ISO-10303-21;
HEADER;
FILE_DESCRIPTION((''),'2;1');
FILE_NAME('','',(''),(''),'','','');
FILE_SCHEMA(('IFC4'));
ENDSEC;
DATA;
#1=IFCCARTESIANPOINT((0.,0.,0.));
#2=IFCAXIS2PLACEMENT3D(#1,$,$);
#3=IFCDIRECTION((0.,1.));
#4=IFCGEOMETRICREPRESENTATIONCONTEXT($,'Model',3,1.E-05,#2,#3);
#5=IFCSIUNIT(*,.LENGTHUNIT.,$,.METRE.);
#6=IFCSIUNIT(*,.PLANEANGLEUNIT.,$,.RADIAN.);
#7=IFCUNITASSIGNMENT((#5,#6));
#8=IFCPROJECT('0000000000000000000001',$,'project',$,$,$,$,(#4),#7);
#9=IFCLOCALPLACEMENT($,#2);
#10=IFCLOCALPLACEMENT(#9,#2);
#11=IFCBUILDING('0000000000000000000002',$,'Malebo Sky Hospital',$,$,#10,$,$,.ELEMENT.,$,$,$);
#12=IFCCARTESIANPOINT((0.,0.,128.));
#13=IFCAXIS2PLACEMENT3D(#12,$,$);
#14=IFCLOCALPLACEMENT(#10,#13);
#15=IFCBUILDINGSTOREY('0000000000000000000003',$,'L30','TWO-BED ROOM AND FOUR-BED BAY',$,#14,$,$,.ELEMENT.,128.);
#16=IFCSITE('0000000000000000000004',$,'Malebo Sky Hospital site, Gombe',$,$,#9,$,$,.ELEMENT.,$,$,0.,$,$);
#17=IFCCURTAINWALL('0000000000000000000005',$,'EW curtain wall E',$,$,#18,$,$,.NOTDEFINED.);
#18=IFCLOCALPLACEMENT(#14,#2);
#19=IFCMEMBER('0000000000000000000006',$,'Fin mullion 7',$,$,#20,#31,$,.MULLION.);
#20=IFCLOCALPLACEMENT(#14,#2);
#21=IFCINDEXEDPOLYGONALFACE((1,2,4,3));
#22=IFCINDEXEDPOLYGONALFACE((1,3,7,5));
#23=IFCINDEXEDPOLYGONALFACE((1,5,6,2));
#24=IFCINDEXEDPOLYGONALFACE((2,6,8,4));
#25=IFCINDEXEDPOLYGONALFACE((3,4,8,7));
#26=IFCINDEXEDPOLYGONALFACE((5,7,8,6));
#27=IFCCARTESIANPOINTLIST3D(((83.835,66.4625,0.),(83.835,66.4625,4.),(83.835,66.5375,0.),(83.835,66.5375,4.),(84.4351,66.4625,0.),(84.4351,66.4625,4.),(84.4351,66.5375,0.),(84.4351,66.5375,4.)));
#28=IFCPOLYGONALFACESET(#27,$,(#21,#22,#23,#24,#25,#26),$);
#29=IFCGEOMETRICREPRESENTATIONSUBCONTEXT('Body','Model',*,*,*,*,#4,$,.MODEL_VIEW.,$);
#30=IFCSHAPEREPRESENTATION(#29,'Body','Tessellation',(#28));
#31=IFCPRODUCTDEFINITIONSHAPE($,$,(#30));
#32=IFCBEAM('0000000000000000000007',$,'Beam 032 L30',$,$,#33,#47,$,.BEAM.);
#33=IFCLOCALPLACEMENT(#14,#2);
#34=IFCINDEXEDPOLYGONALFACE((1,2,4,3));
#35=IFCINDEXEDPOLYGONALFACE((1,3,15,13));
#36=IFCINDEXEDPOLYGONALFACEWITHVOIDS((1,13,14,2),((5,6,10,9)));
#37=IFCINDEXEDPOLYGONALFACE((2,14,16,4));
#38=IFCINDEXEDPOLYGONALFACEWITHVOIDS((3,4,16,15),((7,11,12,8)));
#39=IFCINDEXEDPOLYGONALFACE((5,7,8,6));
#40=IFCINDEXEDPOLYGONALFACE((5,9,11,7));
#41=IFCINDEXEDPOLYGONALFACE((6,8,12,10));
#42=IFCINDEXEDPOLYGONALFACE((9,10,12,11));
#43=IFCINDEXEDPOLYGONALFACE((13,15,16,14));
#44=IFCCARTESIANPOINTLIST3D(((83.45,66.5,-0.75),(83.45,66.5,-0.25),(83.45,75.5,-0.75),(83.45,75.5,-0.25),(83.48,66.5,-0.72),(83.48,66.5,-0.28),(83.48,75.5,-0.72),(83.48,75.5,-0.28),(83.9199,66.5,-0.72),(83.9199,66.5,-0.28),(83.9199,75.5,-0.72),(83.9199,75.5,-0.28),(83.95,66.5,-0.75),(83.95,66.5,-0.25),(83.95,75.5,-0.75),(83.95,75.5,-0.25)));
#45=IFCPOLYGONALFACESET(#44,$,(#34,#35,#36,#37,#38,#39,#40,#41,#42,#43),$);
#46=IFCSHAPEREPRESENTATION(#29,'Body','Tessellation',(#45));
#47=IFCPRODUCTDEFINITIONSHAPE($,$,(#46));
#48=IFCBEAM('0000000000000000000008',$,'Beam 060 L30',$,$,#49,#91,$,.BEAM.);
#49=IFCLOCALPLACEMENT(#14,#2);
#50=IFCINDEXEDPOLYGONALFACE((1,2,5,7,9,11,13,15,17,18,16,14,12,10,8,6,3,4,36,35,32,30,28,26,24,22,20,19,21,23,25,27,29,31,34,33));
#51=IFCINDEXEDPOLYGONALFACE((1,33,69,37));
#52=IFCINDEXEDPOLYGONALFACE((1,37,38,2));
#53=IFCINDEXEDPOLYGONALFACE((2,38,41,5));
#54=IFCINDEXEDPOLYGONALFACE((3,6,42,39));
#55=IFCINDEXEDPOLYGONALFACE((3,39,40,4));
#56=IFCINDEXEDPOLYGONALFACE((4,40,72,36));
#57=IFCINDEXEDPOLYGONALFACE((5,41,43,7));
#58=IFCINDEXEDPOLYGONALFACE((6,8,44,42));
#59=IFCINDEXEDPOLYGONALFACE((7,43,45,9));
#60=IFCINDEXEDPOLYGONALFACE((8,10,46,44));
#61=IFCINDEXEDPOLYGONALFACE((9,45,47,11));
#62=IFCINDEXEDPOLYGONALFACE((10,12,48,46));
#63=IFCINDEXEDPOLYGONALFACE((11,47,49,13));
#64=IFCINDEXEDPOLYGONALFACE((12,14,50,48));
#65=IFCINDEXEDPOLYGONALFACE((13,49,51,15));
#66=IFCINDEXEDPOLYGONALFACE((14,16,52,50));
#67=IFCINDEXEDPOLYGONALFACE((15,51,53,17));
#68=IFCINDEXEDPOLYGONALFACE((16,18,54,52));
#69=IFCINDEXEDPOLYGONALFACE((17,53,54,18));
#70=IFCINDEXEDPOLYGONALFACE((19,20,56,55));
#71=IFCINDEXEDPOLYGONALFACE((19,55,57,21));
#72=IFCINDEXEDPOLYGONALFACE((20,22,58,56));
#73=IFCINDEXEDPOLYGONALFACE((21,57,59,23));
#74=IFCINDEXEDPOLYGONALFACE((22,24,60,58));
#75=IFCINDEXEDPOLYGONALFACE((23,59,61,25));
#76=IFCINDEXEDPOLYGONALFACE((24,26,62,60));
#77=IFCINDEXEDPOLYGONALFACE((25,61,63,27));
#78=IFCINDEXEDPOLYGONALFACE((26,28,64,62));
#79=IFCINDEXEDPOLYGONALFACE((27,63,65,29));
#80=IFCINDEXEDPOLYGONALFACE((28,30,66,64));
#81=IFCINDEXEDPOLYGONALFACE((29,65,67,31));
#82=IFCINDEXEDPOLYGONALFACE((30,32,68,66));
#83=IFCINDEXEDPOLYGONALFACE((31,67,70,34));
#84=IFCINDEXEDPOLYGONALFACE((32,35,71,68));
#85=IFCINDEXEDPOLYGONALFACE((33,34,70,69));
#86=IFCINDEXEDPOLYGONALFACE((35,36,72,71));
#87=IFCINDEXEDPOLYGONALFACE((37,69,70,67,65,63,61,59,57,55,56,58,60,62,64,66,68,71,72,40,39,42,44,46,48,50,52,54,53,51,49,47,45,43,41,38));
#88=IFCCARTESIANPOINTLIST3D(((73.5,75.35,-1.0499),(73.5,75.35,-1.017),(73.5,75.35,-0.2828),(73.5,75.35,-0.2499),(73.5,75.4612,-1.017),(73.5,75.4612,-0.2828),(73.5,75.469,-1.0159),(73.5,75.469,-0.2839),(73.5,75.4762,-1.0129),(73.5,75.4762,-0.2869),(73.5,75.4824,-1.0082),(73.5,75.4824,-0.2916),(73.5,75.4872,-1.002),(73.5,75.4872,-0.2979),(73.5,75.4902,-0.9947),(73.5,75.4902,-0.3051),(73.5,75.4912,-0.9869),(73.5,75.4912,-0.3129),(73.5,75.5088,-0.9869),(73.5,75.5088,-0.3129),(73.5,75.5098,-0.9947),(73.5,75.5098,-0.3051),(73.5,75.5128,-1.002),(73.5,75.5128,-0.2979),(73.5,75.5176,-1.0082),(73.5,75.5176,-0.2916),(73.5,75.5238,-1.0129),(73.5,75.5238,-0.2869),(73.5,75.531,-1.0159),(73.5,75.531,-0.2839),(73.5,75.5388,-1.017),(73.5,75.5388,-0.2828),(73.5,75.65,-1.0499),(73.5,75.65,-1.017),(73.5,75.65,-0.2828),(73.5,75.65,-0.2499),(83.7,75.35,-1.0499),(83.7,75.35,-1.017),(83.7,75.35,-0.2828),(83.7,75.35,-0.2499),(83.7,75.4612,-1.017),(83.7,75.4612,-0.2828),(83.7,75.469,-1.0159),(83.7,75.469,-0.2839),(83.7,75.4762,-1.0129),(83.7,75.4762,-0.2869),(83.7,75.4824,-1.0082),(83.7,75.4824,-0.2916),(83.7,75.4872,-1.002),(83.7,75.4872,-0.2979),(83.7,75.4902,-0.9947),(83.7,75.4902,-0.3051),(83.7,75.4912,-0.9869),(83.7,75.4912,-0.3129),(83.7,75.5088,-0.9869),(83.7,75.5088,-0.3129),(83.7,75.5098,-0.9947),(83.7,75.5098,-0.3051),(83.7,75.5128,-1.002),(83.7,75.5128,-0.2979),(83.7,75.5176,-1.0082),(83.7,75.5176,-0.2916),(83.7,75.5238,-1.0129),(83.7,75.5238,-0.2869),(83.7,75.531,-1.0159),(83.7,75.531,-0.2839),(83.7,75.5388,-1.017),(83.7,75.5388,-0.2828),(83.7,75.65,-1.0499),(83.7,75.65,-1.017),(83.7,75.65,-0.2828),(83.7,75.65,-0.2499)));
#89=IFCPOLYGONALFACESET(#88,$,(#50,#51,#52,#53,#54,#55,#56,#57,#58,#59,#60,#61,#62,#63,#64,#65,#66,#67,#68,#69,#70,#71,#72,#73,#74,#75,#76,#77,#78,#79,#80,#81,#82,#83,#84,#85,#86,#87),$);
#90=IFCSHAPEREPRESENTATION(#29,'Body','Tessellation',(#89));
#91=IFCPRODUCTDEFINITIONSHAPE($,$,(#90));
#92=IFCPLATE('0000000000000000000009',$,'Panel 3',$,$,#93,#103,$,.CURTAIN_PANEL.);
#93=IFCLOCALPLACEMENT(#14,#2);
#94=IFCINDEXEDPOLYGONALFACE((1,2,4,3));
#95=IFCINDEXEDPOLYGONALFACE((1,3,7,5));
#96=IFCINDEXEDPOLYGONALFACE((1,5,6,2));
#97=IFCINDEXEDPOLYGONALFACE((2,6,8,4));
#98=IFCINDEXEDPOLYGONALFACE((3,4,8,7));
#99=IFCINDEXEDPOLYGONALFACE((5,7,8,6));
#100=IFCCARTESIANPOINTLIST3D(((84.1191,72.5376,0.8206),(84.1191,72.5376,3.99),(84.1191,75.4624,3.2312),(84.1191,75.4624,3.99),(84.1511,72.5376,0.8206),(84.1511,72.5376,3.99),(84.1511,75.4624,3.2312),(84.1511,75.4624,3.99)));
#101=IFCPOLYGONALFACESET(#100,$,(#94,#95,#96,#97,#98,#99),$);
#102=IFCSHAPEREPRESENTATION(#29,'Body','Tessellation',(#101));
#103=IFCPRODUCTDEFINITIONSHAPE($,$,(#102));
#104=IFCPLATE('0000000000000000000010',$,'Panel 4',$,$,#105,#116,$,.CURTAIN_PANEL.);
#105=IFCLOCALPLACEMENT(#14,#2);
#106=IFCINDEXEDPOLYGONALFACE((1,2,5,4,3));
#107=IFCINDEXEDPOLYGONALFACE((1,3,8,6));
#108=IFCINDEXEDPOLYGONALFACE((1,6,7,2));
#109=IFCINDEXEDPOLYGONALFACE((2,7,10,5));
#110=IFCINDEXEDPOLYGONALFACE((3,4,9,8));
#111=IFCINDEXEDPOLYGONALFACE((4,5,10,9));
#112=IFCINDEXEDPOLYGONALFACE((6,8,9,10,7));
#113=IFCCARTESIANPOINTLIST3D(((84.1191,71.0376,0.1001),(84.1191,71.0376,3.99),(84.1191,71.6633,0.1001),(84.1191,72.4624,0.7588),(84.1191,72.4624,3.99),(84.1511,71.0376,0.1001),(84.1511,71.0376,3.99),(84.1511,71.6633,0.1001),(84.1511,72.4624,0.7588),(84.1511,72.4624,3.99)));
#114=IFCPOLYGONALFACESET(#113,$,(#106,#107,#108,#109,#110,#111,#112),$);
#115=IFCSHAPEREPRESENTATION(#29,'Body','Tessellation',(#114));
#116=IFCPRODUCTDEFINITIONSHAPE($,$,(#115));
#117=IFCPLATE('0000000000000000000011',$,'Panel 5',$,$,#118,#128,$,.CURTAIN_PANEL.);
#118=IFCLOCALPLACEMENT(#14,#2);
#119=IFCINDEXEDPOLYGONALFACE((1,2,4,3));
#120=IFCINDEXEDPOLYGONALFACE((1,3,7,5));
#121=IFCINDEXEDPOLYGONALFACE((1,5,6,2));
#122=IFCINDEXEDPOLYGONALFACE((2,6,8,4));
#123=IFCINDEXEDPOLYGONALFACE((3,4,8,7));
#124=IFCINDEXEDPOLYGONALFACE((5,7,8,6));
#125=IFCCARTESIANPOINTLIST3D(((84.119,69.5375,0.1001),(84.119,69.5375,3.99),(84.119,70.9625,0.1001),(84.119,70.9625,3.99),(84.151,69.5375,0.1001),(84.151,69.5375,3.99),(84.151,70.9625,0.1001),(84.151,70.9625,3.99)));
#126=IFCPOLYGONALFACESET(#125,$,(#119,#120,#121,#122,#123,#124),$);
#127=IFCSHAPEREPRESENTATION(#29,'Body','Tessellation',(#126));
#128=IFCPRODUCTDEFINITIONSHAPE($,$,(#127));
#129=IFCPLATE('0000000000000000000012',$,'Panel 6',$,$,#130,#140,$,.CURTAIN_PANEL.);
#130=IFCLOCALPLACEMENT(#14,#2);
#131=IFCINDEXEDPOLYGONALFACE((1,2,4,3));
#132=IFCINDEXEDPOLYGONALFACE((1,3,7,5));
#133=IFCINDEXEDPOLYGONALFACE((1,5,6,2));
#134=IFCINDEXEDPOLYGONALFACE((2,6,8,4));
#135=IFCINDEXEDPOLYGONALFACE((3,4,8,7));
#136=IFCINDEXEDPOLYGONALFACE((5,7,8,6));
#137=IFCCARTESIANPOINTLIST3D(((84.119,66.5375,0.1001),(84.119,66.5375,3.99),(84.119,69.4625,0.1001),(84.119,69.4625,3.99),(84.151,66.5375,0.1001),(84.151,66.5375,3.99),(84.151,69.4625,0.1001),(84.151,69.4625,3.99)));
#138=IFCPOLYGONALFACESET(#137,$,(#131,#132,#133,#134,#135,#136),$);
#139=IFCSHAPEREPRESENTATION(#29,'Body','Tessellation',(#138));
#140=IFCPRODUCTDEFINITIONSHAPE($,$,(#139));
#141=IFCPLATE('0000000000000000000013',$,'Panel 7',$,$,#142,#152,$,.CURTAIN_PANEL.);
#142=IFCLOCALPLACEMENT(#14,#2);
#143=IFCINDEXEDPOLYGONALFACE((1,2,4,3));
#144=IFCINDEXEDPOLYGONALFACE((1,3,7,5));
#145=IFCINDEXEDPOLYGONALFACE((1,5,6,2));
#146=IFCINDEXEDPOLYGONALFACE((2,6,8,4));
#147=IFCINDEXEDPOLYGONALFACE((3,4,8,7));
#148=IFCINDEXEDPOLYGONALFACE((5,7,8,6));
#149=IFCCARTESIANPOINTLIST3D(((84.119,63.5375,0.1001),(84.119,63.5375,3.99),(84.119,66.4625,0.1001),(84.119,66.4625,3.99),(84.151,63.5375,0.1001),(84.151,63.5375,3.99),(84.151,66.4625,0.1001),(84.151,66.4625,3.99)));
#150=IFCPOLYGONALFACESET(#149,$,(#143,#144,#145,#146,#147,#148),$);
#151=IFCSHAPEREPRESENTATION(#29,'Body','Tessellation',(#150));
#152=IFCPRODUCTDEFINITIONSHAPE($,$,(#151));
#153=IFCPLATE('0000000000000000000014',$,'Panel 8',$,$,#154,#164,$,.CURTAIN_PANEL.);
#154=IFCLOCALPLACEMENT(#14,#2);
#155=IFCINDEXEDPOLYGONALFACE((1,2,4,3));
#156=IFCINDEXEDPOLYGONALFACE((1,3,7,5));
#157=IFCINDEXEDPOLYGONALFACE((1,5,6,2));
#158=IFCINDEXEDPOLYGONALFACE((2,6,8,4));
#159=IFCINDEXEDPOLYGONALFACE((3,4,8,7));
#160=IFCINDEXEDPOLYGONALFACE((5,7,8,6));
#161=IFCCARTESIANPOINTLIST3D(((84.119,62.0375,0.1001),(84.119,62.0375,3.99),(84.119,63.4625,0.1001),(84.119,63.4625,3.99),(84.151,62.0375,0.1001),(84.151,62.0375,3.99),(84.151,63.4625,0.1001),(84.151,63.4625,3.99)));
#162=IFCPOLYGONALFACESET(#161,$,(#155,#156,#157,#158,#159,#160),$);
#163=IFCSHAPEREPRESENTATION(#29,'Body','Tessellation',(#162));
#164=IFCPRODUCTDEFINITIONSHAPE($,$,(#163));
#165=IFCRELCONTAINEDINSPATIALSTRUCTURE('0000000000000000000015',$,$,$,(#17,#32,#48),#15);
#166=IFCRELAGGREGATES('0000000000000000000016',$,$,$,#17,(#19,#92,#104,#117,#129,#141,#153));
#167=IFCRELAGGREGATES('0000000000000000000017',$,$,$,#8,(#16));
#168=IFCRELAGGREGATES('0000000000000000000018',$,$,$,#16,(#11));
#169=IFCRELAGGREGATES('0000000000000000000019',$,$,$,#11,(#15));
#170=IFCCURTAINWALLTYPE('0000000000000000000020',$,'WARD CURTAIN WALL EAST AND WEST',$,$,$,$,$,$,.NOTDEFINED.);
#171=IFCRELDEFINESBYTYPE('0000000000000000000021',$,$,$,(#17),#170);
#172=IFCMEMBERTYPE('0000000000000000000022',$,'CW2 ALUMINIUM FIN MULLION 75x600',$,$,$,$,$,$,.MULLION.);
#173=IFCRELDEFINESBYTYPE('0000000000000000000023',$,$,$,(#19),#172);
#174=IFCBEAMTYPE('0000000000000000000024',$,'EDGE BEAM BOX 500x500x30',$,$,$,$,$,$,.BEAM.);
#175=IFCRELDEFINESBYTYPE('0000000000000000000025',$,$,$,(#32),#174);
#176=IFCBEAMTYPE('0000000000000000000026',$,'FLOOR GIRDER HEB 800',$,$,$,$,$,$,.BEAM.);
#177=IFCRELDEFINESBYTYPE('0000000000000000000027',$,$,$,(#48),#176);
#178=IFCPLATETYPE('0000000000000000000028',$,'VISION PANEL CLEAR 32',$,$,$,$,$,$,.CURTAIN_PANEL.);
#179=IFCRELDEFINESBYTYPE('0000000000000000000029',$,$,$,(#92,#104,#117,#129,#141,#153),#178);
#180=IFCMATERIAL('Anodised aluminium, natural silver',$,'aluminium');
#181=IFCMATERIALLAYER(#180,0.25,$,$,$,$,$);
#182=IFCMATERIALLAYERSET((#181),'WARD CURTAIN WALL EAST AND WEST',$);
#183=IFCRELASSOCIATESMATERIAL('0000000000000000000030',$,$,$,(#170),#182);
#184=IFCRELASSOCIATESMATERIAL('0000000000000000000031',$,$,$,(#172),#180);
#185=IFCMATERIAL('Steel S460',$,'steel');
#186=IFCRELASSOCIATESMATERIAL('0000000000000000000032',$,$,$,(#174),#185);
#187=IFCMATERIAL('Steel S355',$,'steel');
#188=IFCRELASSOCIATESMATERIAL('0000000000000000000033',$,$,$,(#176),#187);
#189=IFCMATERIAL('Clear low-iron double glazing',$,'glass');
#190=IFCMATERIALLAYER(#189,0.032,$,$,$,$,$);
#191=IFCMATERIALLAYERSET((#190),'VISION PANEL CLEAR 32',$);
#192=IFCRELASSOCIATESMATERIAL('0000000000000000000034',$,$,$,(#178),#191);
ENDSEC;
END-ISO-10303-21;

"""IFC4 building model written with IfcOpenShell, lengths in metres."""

from ifc_helpers import new_model, si_unit, direction, frame, origin, origin_2d, place, context, subcontext, project, spatial, polyline, rectangle, hollow_rectangle, i_section, outline, extrude, material, layer, layer_set, material_profile, profile_set, type_object, element, aggregate, save


model = new_model("IFC4")

# Units and contexts
model_context = context("Model", 3, precision=1e-05, world=origin(), true_north=direction((0.0, 1.0)))
body_context = subcontext(model_context, "Body", "Model", "MODEL_VIEW")
ifc_project = project(units=[si_unit("LENGTHUNIT", "METRE"), si_unit("PLANEANGLEUNIT", "RADIAN")], contexts=[model_context])

# Site, building, storey
site_placement = place(None, origin())
site = spatial("IfcSite", under=ifc_project, at=site_placement, Name="Malebo Sky Hospital site, Gombe", CompositionType="ELEMENT", RefElevation=0.0)
building_placement = place(site_placement, origin())
building = spatial("IfcBuilding", under=site, at=building_placement, Name="Malebo Sky Hospital", CompositionType="ELEMENT")
storey_placement = place(building_placement, frame((0.0, 0.0, 128.0)))
storey = spatial("IfcBuildingStorey", under=building, at=storey_placement, Name="L30", Description="TWO-BED ROOM AND FOUR-BED BAY", CompositionType="ELEMENT", Elevation=128.0)

# Shared definitions
ifc_material_1 = material(Name="Steel S460", Category="steel")

# Curtain wall
ifc_material_2 = material(Name="Anodised aluminium, natural silver", Category="aluminium")
ifc_layer_1 = layer(ifc_material_2, 0.25)
ifc_layer_set_1 = layer_set([ifc_layer_1], Name="WARD CURTAIN WALL EAST AND WEST")
curtain_wall_type = type_object("IfcCurtainWallType", Name="WARD CURTAIN WALL EAST AND WEST", PredefinedType="NOTDEFINED", material=ifc_layer_set_1)
curtain_wall_placement = place(storey_placement, origin())
curtain_wall = element("IfcCurtainWall", 1, at=curtain_wall_placement, inside=storey, type_object=curtain_wall_type, Name="EW curtain wall E", PredefinedType="NOTDEFINED")

# Member
ifc_material_3 = material(Name="Steel S355", Category="steel")
ifc_material_profile_1 = material_profile(ifc_material_2, rectangle(XDim=0.075, YDim=0.6001, at=origin_2d()), Name="CW2 ALUMINIUM FIN MULLION 75x600")
ifc_profile_set_1 = profile_set([ifc_material_profile_1], Name="Anodised aluminium, natural silver")
member_type_1 = type_object("IfcMemberType", Name="CW2 ALUMINIUM FIN MULLION 75x600", PredefinedType="MULLION", material=ifc_profile_set_1)
member_1_placement = place(storey_placement, frame((84.135, 66.5, 0.0), z_axis=(0.0, 0.0, 1.0), x_axis=(0.0, -1.0, 0.0)))
member_1 = element("IfcMember", 2, at=member_1_placement, type_object=member_type_1, Name="Fin mullion 7", PredefinedType="MULLION", context=body_context, shape_type="SweptSolid", body=[
    extrude(rectangle(XDim=0.075, YDim=0.6001, at=origin_2d()), origin(), (0.0, 0.0, 1.0), 4.0),
])

# Beams
ifc_material_profile_2 = material_profile(ifc_material_1, hollow_rectangle(XDim=0.5, YDim=0.5, WallThickness=0.03, at=origin_2d()), Name="BOX 500x500x30")
ifc_profile_set_2 = profile_set([ifc_material_profile_2], Name="Steel S460")
beam_type_1 = type_object("IfcBeamType", Name="EDGE BEAM BOX 500x500x30", PredefinedType="BEAM", material=ifc_profile_set_2)
beam_1_placement = place(storey_placement, frame((83.7, 66.5, -0.5), z_axis=(0.0, 1.0, 0.0), x_axis=(-1.0, 0.0, 0.0)))
element("IfcBeam", 3, at=beam_1_placement, inside=storey, type_object=beam_type_1, Name="Beam 032 L30", PredefinedType="BEAM", context=body_context, shape_type="SweptSolid", body=[
    extrude(hollow_rectangle(XDim=0.5, YDim=0.5, WallThickness=0.03, at=origin_2d()), origin(), (0.0, 0.0, 1.0), 9.0),
])
ifc_material_profile_3 = material_profile(ifc_material_3, i_section(OverallWidth=0.3, OverallDepth=0.8, WebThickness=0.0176, FlangeThickness=0.033, FilletRadius=0.03, at=origin_2d()), Name="HEB 800")
ifc_profile_set_3 = profile_set([ifc_material_profile_3], Name="Steel S355")
beam_type_2 = type_object("IfcBeamType", Name="FLOOR GIRDER HEB 800", PredefinedType="BEAM", material=ifc_profile_set_3)
beam_2_placement = place(storey_placement, frame((73.5, 75.5, -0.6499), z_axis=(1.0, 0.0, 0.0), x_axis=(0.0, 1.0, 0.0)))
element("IfcBeam", 4, at=beam_2_placement, inside=storey, type_object=beam_type_2, Name="Beam 060 L30", PredefinedType="BEAM", context=body_context, shape_type="SweptSolid", body=[
    extrude(i_section(OverallWidth=0.3, OverallDepth=0.8, WebThickness=0.0176, FlangeThickness=0.033, FilletRadius=0.03, at=origin_2d()), origin(), (0.0, 0.0, 1.0), 10.2),
])

# Plates
ifc_material_4 = material(Name="Clear low-iron double glazing", Category="glass")
ifc_layer_2 = layer(ifc_material_4, 0.032)
ifc_layer_set_2 = layer_set([ifc_layer_2], Name="VISION PANEL CLEAR 32")
plate_type = type_object("IfcPlateType", Name="VISION PANEL CLEAR 32", PredefinedType="CURTAIN_PANEL", material=ifc_layer_set_2)
plate_1_placement = place(storey_placement, frame((84.135, 74.0, 0.8206), z_axis=(0.0, 0.0, 1.0), x_axis=(0.0, -1.0, 0.0)))
plate_1 = element("IfcPlate", 5, at=plate_1_placement, type_object=plate_type, Name="Panel 3", PredefinedType="CURTAIN_PANEL", context=body_context, shape_type="SweptSolid", body=[
    extrude(outline(polyline([(1.4624, 0.0), (1.4624, 3.1694), (-1.4624, 3.1694), (-1.4624, 2.4106), (1.4624, 0.0)])), frame((0.0, 0.0161, 0.0), z_axis=(0.0, -1.0, 0.0), x_axis=(1.0, 0.0, 0.0)), (0.0, 0.0, 1.0), 0.032),
])
plate_2_placement = place(storey_placement, frame((84.135, 71.75, 0.1001), z_axis=(0.0, 0.0, 1.0), x_axis=(0.0, -1.0, 0.0)))
plate_2 = element("IfcPlate", 6, at=plate_2_placement, type_object=plate_type, Name="Panel 4", PredefinedType="CURTAIN_PANEL", context=body_context, shape_type="SweptSolid", body=[
    extrude(outline(polyline([(0.0867, 0.0), (0.7124, 0.0), (0.7124, 3.8899), (-0.7124, 3.8899), (-0.7124, 0.6587), (0.0867, 0.0)])), frame((0.0, 0.0161, 0.0), z_axis=(0.0, -1.0, 0.0), x_axis=(1.0, 0.0, 0.0)), (0.0, 0.0, 1.0), 0.032),
])
plate_3_placement = place(storey_placement, frame((84.135, 70.25, 0.1001), z_axis=(0.0, 0.0, 1.0), x_axis=(0.0, -1.0, 0.0)))
plate_3 = element("IfcPlate", 7, at=plate_3_placement, type_object=plate_type, Name="Panel 5", PredefinedType="CURTAIN_PANEL", context=body_context, shape_type="SweptSolid", body=[
    extrude(rectangle(XDim=1.425, YDim=0.032, at=origin_2d()), origin(), (0.0, 0.0, 1.0), 3.8899),
])
plate_4_placement = place(storey_placement, frame((84.135, 68.0, 0.1001), z_axis=(0.0, 0.0, 1.0), x_axis=(0.0, -1.0, 0.0)))
plate_4 = element("IfcPlate", 8, at=plate_4_placement, type_object=plate_type, Name="Panel 6", PredefinedType="CURTAIN_PANEL", context=body_context, shape_type="SweptSolid", body=[
    extrude(rectangle(XDim=2.925, YDim=0.032, at=origin_2d()), origin(), (0.0, 0.0, 1.0), 3.8899),
])
plate_5_placement = place(storey_placement, frame((84.135, 65.0, 0.1001), z_axis=(0.0, 0.0, 1.0), x_axis=(0.0, -1.0, 0.0)))
plate_5 = element("IfcPlate", 9, at=plate_5_placement, type_object=plate_type, Name="Panel 7", PredefinedType="CURTAIN_PANEL", context=body_context, shape_type="SweptSolid", body=[
    extrude(rectangle(XDim=2.925, YDim=0.032, at=origin_2d()), origin(), (0.0, 0.0, 1.0), 3.8899),
])
plate_6_placement = place(storey_placement, frame((84.135, 62.75, 0.1001), z_axis=(0.0, 0.0, 1.0), x_axis=(0.0, -1.0, 0.0)))
plate_6 = element("IfcPlate", 10, at=plate_6_placement, type_object=plate_type, Name="Panel 8", PredefinedType="CURTAIN_PANEL", context=body_context, shape_type="SweptSolid", body=[
    extrude(rectangle(XDim=1.425, YDim=0.032, at=origin_2d()), origin(), (0.0, 0.0, 1.0), 3.8899),
])
aggregate(curtain_wall, [member_1, plate_1, plate_2, plate_3, plate_4, plate_5, plate_6])

save(model, "model.ifc")
